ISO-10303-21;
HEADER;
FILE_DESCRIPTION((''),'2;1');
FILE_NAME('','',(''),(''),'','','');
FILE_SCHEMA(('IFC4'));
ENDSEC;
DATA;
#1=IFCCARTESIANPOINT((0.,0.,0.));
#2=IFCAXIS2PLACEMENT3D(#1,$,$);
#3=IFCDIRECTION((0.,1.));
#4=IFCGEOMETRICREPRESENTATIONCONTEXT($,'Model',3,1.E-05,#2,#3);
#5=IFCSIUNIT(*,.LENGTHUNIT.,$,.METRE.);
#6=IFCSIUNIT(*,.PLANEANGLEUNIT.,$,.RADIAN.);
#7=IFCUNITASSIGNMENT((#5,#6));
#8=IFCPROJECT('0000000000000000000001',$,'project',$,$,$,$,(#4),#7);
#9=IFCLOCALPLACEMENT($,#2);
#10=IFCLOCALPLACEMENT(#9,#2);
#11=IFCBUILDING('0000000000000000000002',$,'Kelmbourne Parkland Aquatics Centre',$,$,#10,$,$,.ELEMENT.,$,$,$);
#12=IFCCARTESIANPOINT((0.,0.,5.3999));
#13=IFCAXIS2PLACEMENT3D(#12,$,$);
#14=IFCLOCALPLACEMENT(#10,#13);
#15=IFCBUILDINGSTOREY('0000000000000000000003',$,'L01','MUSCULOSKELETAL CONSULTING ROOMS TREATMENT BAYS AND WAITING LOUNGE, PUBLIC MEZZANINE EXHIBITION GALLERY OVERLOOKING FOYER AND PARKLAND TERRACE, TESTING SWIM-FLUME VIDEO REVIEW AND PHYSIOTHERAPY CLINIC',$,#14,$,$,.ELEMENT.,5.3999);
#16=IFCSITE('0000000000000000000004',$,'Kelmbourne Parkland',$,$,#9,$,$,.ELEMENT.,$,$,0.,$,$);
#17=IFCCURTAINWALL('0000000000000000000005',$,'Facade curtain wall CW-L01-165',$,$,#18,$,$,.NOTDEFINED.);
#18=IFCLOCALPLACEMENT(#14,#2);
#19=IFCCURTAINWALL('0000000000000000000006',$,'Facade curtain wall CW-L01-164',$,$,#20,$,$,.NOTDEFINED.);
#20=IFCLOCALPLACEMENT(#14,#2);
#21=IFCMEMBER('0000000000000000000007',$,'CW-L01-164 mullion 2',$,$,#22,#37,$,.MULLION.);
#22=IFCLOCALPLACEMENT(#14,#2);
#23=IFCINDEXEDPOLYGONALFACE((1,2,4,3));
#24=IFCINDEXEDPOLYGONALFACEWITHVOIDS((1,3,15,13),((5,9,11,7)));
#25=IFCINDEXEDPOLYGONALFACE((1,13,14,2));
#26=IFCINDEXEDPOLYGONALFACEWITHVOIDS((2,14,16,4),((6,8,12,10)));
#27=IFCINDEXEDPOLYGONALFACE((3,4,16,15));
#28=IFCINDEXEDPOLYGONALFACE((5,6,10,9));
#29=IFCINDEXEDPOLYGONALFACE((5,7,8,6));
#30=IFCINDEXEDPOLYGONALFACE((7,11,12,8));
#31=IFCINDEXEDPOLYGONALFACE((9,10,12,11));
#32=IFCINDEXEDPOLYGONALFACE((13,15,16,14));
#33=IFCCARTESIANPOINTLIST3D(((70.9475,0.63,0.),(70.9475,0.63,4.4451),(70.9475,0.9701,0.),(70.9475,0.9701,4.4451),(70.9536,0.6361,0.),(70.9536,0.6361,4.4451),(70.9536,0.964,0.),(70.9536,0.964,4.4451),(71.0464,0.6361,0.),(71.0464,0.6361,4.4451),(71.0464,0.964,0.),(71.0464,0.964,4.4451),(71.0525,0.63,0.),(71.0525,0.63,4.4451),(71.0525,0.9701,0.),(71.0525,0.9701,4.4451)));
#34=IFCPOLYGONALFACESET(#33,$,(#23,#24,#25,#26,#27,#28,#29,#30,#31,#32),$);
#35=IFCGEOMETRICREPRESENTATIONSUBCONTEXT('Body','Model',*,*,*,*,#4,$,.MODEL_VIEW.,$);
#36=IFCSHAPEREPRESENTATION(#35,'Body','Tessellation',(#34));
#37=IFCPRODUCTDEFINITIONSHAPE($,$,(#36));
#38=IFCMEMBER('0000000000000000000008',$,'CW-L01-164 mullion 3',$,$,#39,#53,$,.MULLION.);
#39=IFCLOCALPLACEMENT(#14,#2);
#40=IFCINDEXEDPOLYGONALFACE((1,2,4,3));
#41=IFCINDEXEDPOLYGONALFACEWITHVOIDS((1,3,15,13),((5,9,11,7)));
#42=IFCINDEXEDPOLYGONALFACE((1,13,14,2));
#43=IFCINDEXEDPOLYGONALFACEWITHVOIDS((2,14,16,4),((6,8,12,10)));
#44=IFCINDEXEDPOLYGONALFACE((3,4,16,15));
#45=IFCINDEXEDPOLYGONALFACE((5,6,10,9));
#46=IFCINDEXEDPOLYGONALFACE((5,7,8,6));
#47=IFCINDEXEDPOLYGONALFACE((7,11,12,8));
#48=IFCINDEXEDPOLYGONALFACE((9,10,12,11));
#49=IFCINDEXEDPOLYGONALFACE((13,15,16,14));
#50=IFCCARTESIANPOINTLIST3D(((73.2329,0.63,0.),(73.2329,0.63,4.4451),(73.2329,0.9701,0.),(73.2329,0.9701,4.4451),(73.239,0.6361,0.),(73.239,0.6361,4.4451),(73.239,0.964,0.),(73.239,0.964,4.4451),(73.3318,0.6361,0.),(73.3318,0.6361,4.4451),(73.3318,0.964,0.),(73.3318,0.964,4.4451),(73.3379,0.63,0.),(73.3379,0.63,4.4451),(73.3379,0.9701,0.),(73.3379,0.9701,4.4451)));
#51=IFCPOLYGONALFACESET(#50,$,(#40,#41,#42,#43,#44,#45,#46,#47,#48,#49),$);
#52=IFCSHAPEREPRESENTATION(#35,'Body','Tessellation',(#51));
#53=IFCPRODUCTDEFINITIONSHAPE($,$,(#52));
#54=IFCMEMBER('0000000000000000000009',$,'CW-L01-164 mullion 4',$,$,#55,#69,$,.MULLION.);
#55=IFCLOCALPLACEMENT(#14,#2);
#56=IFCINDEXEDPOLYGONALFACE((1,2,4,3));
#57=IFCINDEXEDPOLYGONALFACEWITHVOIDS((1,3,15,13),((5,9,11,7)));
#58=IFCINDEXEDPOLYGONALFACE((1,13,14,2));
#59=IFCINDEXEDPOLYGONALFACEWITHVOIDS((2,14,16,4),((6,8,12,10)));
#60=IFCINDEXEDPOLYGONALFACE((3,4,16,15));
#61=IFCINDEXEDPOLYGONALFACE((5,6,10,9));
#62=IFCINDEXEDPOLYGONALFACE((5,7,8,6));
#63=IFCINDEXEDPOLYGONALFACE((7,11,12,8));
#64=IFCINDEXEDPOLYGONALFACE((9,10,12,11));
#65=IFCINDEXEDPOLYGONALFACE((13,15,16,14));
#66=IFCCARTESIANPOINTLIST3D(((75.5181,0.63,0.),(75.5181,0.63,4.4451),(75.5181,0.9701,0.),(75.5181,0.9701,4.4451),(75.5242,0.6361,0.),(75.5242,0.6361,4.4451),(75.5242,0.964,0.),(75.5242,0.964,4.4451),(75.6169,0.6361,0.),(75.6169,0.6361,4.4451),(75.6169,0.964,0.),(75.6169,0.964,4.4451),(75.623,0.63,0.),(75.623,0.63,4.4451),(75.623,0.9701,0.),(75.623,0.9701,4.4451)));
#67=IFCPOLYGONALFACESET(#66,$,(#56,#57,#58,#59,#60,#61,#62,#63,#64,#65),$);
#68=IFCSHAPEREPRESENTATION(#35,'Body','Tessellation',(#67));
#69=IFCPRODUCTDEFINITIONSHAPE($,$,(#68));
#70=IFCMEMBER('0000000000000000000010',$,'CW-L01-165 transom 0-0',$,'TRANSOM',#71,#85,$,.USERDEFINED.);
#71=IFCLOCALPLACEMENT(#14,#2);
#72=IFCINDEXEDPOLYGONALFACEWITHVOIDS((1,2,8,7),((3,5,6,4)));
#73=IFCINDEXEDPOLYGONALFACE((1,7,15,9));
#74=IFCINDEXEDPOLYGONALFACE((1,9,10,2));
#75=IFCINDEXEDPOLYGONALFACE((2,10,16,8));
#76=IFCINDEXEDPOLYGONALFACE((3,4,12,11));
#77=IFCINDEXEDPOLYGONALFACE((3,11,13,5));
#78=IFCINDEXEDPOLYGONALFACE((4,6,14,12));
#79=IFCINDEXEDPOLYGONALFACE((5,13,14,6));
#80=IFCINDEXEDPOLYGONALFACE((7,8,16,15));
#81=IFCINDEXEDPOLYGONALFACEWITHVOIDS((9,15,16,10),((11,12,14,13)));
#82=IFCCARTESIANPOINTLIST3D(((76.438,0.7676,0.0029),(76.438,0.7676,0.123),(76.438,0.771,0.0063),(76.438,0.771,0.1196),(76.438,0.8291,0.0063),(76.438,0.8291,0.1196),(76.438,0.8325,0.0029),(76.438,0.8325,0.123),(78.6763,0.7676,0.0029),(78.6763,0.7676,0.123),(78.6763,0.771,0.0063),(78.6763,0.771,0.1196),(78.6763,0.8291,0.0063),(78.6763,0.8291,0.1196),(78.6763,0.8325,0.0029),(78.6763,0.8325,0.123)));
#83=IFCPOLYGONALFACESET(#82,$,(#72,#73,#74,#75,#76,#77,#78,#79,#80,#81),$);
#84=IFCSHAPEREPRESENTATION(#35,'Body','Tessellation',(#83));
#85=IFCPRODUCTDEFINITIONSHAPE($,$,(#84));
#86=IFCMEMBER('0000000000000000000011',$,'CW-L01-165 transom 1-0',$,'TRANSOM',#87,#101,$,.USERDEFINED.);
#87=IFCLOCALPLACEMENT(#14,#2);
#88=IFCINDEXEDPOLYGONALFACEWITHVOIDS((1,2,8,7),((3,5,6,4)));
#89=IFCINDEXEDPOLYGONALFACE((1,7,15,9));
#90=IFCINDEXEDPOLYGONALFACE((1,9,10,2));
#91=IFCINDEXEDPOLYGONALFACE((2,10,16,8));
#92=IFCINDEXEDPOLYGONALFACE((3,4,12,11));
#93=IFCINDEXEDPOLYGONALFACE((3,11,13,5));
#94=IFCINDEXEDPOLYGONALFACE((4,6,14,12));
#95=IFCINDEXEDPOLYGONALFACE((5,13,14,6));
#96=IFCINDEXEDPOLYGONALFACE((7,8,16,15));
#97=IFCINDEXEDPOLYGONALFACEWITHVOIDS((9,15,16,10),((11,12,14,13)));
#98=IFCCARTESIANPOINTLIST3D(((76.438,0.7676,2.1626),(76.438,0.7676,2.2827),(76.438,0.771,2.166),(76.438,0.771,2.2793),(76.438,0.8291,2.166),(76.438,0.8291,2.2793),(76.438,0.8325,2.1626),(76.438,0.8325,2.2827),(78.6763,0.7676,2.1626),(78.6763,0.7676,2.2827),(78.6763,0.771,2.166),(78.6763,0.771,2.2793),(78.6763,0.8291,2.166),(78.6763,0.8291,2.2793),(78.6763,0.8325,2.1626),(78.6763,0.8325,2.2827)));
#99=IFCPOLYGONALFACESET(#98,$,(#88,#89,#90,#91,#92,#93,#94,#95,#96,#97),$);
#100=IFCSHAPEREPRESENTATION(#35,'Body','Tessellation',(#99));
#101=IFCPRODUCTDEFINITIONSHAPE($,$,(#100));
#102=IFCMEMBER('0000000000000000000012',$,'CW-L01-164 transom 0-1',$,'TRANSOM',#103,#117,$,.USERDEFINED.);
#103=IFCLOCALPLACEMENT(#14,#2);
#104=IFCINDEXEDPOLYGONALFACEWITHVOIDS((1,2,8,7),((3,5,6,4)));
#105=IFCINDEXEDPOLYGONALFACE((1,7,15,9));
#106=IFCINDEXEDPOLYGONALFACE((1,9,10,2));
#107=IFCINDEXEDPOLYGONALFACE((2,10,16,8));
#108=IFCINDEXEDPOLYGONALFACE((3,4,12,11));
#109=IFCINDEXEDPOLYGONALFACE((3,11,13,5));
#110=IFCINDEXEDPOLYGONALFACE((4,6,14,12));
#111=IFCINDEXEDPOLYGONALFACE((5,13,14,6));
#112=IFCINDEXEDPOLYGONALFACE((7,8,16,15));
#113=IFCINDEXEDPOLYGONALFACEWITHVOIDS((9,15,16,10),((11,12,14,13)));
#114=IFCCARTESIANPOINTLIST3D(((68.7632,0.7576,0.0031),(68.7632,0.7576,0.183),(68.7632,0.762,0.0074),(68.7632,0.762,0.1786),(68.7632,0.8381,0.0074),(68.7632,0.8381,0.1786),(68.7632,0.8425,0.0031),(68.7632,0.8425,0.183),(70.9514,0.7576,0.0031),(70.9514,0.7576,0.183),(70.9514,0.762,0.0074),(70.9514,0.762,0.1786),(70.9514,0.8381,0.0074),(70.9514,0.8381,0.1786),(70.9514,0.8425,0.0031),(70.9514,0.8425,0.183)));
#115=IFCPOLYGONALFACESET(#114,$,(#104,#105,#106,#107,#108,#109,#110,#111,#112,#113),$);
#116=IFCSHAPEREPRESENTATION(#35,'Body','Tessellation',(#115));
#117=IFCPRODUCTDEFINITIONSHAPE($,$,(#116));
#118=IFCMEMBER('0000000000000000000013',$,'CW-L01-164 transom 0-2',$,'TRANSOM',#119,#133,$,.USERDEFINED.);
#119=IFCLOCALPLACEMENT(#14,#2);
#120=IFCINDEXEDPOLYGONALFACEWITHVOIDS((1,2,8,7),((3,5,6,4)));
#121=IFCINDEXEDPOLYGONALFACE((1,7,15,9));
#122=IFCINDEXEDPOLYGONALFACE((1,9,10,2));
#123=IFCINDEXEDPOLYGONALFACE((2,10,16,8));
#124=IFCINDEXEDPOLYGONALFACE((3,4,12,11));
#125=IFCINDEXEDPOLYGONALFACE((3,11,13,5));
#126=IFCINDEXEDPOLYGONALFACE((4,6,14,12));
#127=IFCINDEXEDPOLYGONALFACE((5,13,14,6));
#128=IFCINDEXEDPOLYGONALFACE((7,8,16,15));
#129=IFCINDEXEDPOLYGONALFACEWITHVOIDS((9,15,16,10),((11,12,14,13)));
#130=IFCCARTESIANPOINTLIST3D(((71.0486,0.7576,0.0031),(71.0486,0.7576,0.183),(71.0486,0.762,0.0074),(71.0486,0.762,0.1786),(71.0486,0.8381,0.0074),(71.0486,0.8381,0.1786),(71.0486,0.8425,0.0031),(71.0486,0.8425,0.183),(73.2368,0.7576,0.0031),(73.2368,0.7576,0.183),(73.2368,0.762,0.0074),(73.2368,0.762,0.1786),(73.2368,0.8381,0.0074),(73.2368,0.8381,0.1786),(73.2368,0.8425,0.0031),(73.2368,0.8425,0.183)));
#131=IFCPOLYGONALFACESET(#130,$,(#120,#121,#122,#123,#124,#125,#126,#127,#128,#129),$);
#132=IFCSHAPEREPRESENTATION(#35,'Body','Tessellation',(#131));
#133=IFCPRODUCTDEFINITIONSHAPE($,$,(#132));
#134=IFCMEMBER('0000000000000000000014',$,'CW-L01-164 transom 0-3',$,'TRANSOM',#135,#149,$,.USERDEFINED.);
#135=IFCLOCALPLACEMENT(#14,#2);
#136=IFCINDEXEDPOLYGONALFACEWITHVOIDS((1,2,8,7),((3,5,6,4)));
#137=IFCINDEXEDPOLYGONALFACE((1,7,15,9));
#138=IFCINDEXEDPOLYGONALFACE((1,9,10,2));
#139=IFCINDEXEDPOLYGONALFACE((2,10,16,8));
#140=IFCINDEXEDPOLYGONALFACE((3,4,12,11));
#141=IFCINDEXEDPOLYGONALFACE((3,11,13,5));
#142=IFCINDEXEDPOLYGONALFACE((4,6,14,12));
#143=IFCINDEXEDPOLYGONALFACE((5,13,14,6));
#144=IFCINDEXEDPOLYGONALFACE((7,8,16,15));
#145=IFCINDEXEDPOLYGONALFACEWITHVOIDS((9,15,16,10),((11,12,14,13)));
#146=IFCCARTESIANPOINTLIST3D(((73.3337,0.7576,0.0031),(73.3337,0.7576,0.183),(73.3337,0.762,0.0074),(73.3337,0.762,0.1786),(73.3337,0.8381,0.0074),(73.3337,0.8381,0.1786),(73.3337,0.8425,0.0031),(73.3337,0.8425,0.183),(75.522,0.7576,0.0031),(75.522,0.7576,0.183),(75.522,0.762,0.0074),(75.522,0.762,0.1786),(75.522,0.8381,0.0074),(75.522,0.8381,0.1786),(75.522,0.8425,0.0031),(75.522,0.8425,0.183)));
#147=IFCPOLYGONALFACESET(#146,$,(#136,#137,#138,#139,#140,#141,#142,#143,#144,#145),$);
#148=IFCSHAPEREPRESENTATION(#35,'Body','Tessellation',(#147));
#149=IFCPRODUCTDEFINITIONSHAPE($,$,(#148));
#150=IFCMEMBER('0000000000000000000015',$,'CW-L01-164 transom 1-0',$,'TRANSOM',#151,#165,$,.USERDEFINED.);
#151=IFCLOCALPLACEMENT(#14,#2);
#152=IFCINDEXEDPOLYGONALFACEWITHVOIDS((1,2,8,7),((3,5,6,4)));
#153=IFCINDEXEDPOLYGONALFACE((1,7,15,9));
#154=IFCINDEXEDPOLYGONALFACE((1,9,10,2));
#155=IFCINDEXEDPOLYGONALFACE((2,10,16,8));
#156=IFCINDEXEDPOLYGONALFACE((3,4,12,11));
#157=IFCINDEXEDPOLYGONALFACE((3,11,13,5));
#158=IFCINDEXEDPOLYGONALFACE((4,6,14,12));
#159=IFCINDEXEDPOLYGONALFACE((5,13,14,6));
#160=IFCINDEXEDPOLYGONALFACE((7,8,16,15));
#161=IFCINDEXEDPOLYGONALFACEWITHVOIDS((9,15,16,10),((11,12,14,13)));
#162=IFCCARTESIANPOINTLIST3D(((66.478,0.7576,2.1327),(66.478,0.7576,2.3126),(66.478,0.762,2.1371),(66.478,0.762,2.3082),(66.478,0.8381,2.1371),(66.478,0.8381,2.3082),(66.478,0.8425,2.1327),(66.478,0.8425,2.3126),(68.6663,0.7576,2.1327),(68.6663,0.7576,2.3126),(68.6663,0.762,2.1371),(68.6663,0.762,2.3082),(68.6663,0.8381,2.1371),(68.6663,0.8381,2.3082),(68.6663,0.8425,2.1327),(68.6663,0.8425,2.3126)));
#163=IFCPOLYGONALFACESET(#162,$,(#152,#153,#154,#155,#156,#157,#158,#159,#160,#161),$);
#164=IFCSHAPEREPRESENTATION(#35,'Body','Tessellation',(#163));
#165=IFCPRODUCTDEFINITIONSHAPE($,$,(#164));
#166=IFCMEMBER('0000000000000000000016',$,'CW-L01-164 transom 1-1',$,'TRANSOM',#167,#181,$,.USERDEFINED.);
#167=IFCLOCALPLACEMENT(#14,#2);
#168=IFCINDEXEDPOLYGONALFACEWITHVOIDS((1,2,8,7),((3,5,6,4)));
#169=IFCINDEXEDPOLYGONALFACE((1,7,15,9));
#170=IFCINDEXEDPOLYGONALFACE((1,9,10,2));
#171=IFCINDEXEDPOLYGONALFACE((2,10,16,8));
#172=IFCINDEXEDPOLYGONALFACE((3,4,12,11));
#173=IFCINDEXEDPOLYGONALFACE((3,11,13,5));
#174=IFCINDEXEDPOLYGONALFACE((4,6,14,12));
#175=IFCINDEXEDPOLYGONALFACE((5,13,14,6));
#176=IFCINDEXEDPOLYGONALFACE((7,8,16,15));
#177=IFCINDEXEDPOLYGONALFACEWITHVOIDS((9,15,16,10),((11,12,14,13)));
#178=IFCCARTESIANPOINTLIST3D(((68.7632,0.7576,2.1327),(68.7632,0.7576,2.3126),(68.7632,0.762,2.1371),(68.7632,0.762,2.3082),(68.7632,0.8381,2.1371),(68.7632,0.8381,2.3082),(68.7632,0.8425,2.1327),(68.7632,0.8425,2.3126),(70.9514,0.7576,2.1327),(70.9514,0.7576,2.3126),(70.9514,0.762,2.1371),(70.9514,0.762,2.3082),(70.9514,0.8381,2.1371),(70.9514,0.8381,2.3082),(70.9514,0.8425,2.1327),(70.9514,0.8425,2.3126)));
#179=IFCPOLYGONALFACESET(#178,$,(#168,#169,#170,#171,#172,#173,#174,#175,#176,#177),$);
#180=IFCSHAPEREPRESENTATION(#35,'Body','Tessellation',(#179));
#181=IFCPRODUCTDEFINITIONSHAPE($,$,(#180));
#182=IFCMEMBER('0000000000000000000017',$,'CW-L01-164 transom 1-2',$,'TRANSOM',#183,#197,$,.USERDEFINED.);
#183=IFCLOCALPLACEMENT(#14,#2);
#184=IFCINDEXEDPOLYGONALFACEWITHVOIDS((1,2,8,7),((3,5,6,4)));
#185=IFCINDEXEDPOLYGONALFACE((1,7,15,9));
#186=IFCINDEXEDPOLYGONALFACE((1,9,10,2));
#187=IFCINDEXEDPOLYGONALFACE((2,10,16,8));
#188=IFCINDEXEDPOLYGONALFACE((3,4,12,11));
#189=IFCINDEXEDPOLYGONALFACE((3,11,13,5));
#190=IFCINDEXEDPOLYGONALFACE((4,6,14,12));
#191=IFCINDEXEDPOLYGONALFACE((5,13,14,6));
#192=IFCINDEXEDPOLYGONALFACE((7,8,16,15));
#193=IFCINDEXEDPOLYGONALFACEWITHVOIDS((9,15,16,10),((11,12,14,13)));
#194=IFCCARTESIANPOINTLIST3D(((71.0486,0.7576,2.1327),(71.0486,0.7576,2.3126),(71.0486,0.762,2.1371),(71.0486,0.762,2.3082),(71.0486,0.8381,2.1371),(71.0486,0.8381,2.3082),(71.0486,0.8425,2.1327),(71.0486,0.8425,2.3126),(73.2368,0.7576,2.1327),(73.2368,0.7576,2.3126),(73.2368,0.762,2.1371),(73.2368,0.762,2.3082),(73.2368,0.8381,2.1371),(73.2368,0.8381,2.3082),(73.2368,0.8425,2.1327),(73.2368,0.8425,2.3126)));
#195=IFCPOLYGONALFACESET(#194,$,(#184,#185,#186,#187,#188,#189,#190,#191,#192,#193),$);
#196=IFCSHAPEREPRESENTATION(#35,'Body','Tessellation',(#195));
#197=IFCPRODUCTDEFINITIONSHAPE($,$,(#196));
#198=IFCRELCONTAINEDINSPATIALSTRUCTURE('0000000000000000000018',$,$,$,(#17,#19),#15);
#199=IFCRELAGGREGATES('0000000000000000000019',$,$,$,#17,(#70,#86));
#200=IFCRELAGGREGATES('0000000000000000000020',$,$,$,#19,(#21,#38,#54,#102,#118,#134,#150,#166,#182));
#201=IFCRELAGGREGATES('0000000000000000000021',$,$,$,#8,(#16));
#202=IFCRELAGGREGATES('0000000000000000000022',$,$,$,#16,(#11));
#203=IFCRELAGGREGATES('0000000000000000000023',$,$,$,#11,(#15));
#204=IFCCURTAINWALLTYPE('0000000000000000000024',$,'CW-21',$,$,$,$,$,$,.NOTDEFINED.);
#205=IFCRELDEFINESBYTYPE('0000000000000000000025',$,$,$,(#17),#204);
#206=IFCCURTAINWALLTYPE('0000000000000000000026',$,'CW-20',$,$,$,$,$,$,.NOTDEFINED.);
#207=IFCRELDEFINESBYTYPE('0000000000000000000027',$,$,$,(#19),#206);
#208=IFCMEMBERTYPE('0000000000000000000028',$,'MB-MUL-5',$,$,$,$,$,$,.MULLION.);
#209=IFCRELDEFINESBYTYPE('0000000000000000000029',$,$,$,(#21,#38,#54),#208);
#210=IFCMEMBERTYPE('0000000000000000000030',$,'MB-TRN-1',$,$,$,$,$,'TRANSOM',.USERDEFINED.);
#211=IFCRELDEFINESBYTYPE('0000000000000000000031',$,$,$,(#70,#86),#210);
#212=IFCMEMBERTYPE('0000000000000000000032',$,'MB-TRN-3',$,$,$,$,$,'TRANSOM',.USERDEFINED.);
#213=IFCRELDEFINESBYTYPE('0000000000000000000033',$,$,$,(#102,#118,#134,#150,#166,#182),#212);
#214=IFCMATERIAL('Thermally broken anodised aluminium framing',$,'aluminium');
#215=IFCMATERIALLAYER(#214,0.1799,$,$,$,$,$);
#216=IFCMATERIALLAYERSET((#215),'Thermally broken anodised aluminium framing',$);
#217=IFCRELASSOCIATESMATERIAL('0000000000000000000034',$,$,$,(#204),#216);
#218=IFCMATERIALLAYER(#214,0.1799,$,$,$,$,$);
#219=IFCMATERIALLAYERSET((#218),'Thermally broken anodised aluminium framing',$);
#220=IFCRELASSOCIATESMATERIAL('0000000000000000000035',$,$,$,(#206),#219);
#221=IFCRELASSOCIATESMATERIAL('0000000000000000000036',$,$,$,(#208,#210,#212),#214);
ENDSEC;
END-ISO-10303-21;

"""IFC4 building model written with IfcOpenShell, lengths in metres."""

from ifc_helpers import new_model, si_unit, direction, frame, origin, origin_2d, place, context, subcontext, project, spatial, hollow_rectangle, extrude, material, layer, layer_set, material_profile, profile_set, type_object, element, aggregate, save


model = new_model("IFC4")

# Units and contexts
model_context = context("Model", 3, precision=1e-05, world=origin(), true_north=direction((0.0, 1.0)))
body_context = subcontext(model_context, "Body", "Model", "MODEL_VIEW")
ifc_project = project(units=[si_unit("LENGTHUNIT", "METRE"), si_unit("PLANEANGLEUNIT", "RADIAN")], contexts=[model_context])

# Site, building, storey
site_placement = place(None, origin())
site = spatial("IfcSite", under=ifc_project, at=site_placement, Name="Kelmbourne Parkland", CompositionType="ELEMENT", RefElevation=0.0)
building_placement = place(site_placement, origin())
building = spatial("IfcBuilding", under=site, at=building_placement, Name="Kelmbourne Parkland Aquatics Centre", CompositionType="ELEMENT")
storey_placement = place(building_placement, frame((0.0, 0.0, 5.3999)))
storey = spatial("IfcBuildingStorey", under=building, at=storey_placement, Name="L01", Description="MUSCULOSKELETAL CONSULTING ROOMS TREATMENT BAYS AND WAITING LOUNGE, PUBLIC MEZZANINE EXHIBITION GALLERY OVERLOOKING FOYER AND PARKLAND TERRACE, TESTING SWIM-FLUME VIDEO REVIEW AND PHYSIOTHERAPY CLINIC", CompositionType="ELEMENT", Elevation=5.3999)

# Curtain wall
ifc_material_1 = material(Name="Thermally broken anodised aluminium framing", Category="aluminium")
ifc_layer_1 = layer(ifc_material_1, 0.1799)
ifc_layer_set_1 = layer_set([ifc_layer_1], Name="Thermally broken anodised aluminium framing")
curtain_wall_type_1 = type_object("IfcCurtainWallType", Name="CW-21", PredefinedType="NOTDEFINED", material=ifc_layer_set_1)
curtain_wall_1_placement = place(storey_placement, origin())
curtain_wall_1 = element("IfcCurtainWall", 1, at=curtain_wall_1_placement, inside=storey, type_object=curtain_wall_type_1, Name="Facade curtain wall CW-L01-165", PredefinedType="NOTDEFINED")

# Curtain wall, members
ifc_layer_2 = layer(ifc_material_1, 0.1799)
ifc_layer_set_2 = layer_set([ifc_layer_2], Name="Thermally broken anodised aluminium framing")
curtain_wall_type_2 = type_object("IfcCurtainWallType", Name="CW-20", PredefinedType="NOTDEFINED", material=ifc_layer_set_2)
curtain_wall_2_placement = place(storey_placement, origin())
curtain_wall_2 = element("IfcCurtainWall", 2, at=curtain_wall_2_placement, inside=storey, type_object=curtain_wall_type_2, Name="Facade curtain wall CW-L01-164", PredefinedType="NOTDEFINED")
ifc_material_profile_1 = material_profile(ifc_material_1, hollow_rectangle(XDim=0.105, YDim=0.3401, WallThickness=0.0061, at=origin_2d()), Name="CW-M 105x340")
ifc_profile_set_1 = profile_set([ifc_material_profile_1], Name="Thermally broken anodised aluminium framing")
member_type_1 = type_object("IfcMemberType", Name="MB-MUL-5", PredefinedType="MULLION", material=ifc_profile_set_1)
member_1_placement = place(storey_placement, frame((71.0, 0.8, 0.0), z_axis=(0.0, 0.0, 1.0), x_axis=(1.0, 0.0, 0.0)))
member_1 = element("IfcMember", 3, at=member_1_placement, type_object=member_type_1, Name="CW-L01-164 mullion 2", PredefinedType="MULLION", context=body_context, shape_type="SweptSolid", body=[
    extrude(hollow_rectangle(XDim=0.105, YDim=0.3401, WallThickness=0.0061, at=origin_2d()), origin(), (0.0, 0.0, 1.0), 4.4451),
])
member_2_placement = place(storey_placement, frame((73.2854, 0.8, 0.0), z_axis=(0.0, 0.0, 1.0), x_axis=(1.0, 0.0, 0.0)))
member_2 = element("IfcMember", 4, at=member_2_placement, type_object=member_type_1, Name="CW-L01-164 mullion 3", PredefinedType="MULLION", context=body_context, shape_type="SweptSolid", body=[
    extrude(hollow_rectangle(XDim=0.105, YDim=0.3401, WallThickness=0.0061, at=origin_2d()), origin(), (0.0, 0.0, 1.0), 4.4451),
])
member_3_placement = place(storey_placement, frame((75.5706, 0.8, 0.0), z_axis=(0.0, 0.0, 1.0), x_axis=(1.0, 0.0, 0.0)))
member_3 = element("IfcMember", 5, at=member_3_placement, type_object=member_type_1, Name="CW-L01-164 mullion 4", PredefinedType="MULLION", context=body_context, shape_type="SweptSolid", body=[
    extrude(hollow_rectangle(XDim=0.105, YDim=0.3401, WallThickness=0.0061, at=origin_2d()), origin(), (0.0, 0.0, 1.0), 4.4451),
])

# Members
ifc_material_profile_2 = material_profile(ifc_material_1, hollow_rectangle(XDim=0.0649, YDim=0.1201, WallThickness=0.0034, at=origin_2d()), Name="CW-T 65x120")
ifc_profile_set_2 = profile_set([ifc_material_profile_2], Name="Thermally broken anodised aluminium framing")
member_type_2 = type_object("IfcMemberType", Name="MB-TRN-1", ElementType="TRANSOM", PredefinedType="USERDEFINED", material=ifc_profile_set_2)
member_4_placement = place(storey_placement, frame((76.438, 0.8, 0.063), z_axis=(1.0, 0.0, 0.0), x_axis=(0.0, 1.0, 0.0)))
member_4 = element("IfcMember", 6, at=member_4_placement, type_object=member_type_2, Name="CW-L01-165 transom 0-0", ObjectType="TRANSOM", PredefinedType="USERDEFINED", context=body_context, shape_type="SweptSolid", body=[
    extrude(hollow_rectangle(XDim=0.0649, YDim=0.1201, WallThickness=0.0034, at=origin_2d()), origin(), (0.0, 0.0, 1.0), 2.2383),
])
member_5_placement = place(storey_placement, frame((76.438, 0.8, 2.2227), z_axis=(1.0, 0.0, 0.0), x_axis=(0.0, 1.0, 0.0)))
member_5 = element("IfcMember", 7, at=member_5_placement, type_object=member_type_2, Name="CW-L01-165 transom 1-0", ObjectType="TRANSOM", PredefinedType="USERDEFINED", context=body_context, shape_type="SweptSolid", body=[
    extrude(hollow_rectangle(XDim=0.0649, YDim=0.1201, WallThickness=0.0034, at=origin_2d()), origin(), (0.0, 0.0, 1.0), 2.2383),
])
aggregate(curtain_wall_1, [member_4, member_5])
ifc_material_profile_3 = material_profile(ifc_material_1, hollow_rectangle(XDim=0.085, YDim=0.1799, WallThickness=0.0044, at=origin_2d()), Name="CW-T 85x180")
ifc_profile_set_3 = profile_set([ifc_material_profile_3], Name="Thermally broken anodised aluminium framing")
member_type_3 = type_object("IfcMemberType", Name="MB-TRN-3", ElementType="TRANSOM", PredefinedType="USERDEFINED", material=ifc_profile_set_3)
member_6_placement = place(storey_placement, frame((68.7632, 0.8, 0.093), z_axis=(1.0, 0.0, 0.0), x_axis=(0.0, 1.0, 0.0)))
member_6 = element("IfcMember", 8, at=member_6_placement, type_object=member_type_3, Name="CW-L01-164 transom 0-1", ObjectType="TRANSOM", PredefinedType="USERDEFINED", context=body_context, shape_type="SweptSolid", body=[
    extrude(hollow_rectangle(XDim=0.085, YDim=0.1799, WallThickness=0.0044, at=origin_2d()), origin(), (0.0, 0.0, 1.0), 2.1882),
])
member_7_placement = place(storey_placement, frame((71.0486, 0.8, 0.093), z_axis=(1.0, 0.0, 0.0), x_axis=(0.0, 1.0, 0.0)))
member_7 = element("IfcMember", 9, at=member_7_placement, type_object=member_type_3, Name="CW-L01-164 transom 0-2", ObjectType="TRANSOM", PredefinedType="USERDEFINED", context=body_context, shape_type="SweptSolid", body=[
    extrude(hollow_rectangle(XDim=0.085, YDim=0.1799, WallThickness=0.0044, at=origin_2d()), origin(), (0.0, 0.0, 1.0), 2.1882),
])
member_8_placement = place(storey_placement, frame((73.3337, 0.8, 0.093), z_axis=(1.0, 0.0, 0.0), x_axis=(0.0, 1.0, 0.0)))
member_8 = element("IfcMember", 10, at=member_8_placement, type_object=member_type_3, Name="CW-L01-164 transom 0-3", ObjectType="TRANSOM", PredefinedType="USERDEFINED", context=body_context, shape_type="SweptSolid", body=[
    extrude(hollow_rectangle(XDim=0.085, YDim=0.1799, WallThickness=0.0044, at=origin_2d()), origin(), (0.0, 0.0, 1.0), 2.1882),
])
member_9_placement = place(storey_placement, frame((66.478, 0.8, 2.2227), z_axis=(1.0, 0.0, 0.0), x_axis=(0.0, 1.0, 0.0)))
member_9 = element("IfcMember", 11, at=member_9_placement, type_object=member_type_3, Name="CW-L01-164 transom 1-0", ObjectType="TRANSOM", PredefinedType="USERDEFINED", context=body_context, shape_type="SweptSolid", body=[
    extrude(hollow_rectangle(XDim=0.085, YDim=0.1799, WallThickness=0.0044, at=origin_2d()), origin(), (0.0, 0.0, 1.0), 2.1882),
])
member_10_placement = place(storey_placement, frame((68.7632, 0.8, 2.2227), z_axis=(1.0, 0.0, 0.0), x_axis=(0.0, 1.0, 0.0)))
member_10 = element("IfcMember", 12, at=member_10_placement, type_object=member_type_3, Name="CW-L01-164 transom 1-1", ObjectType="TRANSOM", PredefinedType="USERDEFINED", context=body_context, shape_type="SweptSolid", body=[
    extrude(hollow_rectangle(XDim=0.085, YDim=0.1799, WallThickness=0.0044, at=origin_2d()), origin(), (0.0, 0.0, 1.0), 2.1882),
])
member_11_placement = place(storey_placement, frame((71.0486, 0.8, 2.2227), z_axis=(1.0, 0.0, 0.0), x_axis=(0.0, 1.0, 0.0)))
member_11 = element("IfcMember", 13, at=member_11_placement, type_object=member_type_3, Name="CW-L01-164 transom 1-2", ObjectType="TRANSOM", PredefinedType="USERDEFINED", context=body_context, shape_type="SweptSolid", body=[
    extrude(hollow_rectangle(XDim=0.085, YDim=0.1799, WallThickness=0.0044, at=origin_2d()), origin(), (0.0, 0.0, 1.0), 2.1882),
])

aggregate(curtain_wall_2, [member_1, member_2, member_3, member_6, member_7, member_8, member_9, member_10, member_11])

save(model, "model.ifc")
